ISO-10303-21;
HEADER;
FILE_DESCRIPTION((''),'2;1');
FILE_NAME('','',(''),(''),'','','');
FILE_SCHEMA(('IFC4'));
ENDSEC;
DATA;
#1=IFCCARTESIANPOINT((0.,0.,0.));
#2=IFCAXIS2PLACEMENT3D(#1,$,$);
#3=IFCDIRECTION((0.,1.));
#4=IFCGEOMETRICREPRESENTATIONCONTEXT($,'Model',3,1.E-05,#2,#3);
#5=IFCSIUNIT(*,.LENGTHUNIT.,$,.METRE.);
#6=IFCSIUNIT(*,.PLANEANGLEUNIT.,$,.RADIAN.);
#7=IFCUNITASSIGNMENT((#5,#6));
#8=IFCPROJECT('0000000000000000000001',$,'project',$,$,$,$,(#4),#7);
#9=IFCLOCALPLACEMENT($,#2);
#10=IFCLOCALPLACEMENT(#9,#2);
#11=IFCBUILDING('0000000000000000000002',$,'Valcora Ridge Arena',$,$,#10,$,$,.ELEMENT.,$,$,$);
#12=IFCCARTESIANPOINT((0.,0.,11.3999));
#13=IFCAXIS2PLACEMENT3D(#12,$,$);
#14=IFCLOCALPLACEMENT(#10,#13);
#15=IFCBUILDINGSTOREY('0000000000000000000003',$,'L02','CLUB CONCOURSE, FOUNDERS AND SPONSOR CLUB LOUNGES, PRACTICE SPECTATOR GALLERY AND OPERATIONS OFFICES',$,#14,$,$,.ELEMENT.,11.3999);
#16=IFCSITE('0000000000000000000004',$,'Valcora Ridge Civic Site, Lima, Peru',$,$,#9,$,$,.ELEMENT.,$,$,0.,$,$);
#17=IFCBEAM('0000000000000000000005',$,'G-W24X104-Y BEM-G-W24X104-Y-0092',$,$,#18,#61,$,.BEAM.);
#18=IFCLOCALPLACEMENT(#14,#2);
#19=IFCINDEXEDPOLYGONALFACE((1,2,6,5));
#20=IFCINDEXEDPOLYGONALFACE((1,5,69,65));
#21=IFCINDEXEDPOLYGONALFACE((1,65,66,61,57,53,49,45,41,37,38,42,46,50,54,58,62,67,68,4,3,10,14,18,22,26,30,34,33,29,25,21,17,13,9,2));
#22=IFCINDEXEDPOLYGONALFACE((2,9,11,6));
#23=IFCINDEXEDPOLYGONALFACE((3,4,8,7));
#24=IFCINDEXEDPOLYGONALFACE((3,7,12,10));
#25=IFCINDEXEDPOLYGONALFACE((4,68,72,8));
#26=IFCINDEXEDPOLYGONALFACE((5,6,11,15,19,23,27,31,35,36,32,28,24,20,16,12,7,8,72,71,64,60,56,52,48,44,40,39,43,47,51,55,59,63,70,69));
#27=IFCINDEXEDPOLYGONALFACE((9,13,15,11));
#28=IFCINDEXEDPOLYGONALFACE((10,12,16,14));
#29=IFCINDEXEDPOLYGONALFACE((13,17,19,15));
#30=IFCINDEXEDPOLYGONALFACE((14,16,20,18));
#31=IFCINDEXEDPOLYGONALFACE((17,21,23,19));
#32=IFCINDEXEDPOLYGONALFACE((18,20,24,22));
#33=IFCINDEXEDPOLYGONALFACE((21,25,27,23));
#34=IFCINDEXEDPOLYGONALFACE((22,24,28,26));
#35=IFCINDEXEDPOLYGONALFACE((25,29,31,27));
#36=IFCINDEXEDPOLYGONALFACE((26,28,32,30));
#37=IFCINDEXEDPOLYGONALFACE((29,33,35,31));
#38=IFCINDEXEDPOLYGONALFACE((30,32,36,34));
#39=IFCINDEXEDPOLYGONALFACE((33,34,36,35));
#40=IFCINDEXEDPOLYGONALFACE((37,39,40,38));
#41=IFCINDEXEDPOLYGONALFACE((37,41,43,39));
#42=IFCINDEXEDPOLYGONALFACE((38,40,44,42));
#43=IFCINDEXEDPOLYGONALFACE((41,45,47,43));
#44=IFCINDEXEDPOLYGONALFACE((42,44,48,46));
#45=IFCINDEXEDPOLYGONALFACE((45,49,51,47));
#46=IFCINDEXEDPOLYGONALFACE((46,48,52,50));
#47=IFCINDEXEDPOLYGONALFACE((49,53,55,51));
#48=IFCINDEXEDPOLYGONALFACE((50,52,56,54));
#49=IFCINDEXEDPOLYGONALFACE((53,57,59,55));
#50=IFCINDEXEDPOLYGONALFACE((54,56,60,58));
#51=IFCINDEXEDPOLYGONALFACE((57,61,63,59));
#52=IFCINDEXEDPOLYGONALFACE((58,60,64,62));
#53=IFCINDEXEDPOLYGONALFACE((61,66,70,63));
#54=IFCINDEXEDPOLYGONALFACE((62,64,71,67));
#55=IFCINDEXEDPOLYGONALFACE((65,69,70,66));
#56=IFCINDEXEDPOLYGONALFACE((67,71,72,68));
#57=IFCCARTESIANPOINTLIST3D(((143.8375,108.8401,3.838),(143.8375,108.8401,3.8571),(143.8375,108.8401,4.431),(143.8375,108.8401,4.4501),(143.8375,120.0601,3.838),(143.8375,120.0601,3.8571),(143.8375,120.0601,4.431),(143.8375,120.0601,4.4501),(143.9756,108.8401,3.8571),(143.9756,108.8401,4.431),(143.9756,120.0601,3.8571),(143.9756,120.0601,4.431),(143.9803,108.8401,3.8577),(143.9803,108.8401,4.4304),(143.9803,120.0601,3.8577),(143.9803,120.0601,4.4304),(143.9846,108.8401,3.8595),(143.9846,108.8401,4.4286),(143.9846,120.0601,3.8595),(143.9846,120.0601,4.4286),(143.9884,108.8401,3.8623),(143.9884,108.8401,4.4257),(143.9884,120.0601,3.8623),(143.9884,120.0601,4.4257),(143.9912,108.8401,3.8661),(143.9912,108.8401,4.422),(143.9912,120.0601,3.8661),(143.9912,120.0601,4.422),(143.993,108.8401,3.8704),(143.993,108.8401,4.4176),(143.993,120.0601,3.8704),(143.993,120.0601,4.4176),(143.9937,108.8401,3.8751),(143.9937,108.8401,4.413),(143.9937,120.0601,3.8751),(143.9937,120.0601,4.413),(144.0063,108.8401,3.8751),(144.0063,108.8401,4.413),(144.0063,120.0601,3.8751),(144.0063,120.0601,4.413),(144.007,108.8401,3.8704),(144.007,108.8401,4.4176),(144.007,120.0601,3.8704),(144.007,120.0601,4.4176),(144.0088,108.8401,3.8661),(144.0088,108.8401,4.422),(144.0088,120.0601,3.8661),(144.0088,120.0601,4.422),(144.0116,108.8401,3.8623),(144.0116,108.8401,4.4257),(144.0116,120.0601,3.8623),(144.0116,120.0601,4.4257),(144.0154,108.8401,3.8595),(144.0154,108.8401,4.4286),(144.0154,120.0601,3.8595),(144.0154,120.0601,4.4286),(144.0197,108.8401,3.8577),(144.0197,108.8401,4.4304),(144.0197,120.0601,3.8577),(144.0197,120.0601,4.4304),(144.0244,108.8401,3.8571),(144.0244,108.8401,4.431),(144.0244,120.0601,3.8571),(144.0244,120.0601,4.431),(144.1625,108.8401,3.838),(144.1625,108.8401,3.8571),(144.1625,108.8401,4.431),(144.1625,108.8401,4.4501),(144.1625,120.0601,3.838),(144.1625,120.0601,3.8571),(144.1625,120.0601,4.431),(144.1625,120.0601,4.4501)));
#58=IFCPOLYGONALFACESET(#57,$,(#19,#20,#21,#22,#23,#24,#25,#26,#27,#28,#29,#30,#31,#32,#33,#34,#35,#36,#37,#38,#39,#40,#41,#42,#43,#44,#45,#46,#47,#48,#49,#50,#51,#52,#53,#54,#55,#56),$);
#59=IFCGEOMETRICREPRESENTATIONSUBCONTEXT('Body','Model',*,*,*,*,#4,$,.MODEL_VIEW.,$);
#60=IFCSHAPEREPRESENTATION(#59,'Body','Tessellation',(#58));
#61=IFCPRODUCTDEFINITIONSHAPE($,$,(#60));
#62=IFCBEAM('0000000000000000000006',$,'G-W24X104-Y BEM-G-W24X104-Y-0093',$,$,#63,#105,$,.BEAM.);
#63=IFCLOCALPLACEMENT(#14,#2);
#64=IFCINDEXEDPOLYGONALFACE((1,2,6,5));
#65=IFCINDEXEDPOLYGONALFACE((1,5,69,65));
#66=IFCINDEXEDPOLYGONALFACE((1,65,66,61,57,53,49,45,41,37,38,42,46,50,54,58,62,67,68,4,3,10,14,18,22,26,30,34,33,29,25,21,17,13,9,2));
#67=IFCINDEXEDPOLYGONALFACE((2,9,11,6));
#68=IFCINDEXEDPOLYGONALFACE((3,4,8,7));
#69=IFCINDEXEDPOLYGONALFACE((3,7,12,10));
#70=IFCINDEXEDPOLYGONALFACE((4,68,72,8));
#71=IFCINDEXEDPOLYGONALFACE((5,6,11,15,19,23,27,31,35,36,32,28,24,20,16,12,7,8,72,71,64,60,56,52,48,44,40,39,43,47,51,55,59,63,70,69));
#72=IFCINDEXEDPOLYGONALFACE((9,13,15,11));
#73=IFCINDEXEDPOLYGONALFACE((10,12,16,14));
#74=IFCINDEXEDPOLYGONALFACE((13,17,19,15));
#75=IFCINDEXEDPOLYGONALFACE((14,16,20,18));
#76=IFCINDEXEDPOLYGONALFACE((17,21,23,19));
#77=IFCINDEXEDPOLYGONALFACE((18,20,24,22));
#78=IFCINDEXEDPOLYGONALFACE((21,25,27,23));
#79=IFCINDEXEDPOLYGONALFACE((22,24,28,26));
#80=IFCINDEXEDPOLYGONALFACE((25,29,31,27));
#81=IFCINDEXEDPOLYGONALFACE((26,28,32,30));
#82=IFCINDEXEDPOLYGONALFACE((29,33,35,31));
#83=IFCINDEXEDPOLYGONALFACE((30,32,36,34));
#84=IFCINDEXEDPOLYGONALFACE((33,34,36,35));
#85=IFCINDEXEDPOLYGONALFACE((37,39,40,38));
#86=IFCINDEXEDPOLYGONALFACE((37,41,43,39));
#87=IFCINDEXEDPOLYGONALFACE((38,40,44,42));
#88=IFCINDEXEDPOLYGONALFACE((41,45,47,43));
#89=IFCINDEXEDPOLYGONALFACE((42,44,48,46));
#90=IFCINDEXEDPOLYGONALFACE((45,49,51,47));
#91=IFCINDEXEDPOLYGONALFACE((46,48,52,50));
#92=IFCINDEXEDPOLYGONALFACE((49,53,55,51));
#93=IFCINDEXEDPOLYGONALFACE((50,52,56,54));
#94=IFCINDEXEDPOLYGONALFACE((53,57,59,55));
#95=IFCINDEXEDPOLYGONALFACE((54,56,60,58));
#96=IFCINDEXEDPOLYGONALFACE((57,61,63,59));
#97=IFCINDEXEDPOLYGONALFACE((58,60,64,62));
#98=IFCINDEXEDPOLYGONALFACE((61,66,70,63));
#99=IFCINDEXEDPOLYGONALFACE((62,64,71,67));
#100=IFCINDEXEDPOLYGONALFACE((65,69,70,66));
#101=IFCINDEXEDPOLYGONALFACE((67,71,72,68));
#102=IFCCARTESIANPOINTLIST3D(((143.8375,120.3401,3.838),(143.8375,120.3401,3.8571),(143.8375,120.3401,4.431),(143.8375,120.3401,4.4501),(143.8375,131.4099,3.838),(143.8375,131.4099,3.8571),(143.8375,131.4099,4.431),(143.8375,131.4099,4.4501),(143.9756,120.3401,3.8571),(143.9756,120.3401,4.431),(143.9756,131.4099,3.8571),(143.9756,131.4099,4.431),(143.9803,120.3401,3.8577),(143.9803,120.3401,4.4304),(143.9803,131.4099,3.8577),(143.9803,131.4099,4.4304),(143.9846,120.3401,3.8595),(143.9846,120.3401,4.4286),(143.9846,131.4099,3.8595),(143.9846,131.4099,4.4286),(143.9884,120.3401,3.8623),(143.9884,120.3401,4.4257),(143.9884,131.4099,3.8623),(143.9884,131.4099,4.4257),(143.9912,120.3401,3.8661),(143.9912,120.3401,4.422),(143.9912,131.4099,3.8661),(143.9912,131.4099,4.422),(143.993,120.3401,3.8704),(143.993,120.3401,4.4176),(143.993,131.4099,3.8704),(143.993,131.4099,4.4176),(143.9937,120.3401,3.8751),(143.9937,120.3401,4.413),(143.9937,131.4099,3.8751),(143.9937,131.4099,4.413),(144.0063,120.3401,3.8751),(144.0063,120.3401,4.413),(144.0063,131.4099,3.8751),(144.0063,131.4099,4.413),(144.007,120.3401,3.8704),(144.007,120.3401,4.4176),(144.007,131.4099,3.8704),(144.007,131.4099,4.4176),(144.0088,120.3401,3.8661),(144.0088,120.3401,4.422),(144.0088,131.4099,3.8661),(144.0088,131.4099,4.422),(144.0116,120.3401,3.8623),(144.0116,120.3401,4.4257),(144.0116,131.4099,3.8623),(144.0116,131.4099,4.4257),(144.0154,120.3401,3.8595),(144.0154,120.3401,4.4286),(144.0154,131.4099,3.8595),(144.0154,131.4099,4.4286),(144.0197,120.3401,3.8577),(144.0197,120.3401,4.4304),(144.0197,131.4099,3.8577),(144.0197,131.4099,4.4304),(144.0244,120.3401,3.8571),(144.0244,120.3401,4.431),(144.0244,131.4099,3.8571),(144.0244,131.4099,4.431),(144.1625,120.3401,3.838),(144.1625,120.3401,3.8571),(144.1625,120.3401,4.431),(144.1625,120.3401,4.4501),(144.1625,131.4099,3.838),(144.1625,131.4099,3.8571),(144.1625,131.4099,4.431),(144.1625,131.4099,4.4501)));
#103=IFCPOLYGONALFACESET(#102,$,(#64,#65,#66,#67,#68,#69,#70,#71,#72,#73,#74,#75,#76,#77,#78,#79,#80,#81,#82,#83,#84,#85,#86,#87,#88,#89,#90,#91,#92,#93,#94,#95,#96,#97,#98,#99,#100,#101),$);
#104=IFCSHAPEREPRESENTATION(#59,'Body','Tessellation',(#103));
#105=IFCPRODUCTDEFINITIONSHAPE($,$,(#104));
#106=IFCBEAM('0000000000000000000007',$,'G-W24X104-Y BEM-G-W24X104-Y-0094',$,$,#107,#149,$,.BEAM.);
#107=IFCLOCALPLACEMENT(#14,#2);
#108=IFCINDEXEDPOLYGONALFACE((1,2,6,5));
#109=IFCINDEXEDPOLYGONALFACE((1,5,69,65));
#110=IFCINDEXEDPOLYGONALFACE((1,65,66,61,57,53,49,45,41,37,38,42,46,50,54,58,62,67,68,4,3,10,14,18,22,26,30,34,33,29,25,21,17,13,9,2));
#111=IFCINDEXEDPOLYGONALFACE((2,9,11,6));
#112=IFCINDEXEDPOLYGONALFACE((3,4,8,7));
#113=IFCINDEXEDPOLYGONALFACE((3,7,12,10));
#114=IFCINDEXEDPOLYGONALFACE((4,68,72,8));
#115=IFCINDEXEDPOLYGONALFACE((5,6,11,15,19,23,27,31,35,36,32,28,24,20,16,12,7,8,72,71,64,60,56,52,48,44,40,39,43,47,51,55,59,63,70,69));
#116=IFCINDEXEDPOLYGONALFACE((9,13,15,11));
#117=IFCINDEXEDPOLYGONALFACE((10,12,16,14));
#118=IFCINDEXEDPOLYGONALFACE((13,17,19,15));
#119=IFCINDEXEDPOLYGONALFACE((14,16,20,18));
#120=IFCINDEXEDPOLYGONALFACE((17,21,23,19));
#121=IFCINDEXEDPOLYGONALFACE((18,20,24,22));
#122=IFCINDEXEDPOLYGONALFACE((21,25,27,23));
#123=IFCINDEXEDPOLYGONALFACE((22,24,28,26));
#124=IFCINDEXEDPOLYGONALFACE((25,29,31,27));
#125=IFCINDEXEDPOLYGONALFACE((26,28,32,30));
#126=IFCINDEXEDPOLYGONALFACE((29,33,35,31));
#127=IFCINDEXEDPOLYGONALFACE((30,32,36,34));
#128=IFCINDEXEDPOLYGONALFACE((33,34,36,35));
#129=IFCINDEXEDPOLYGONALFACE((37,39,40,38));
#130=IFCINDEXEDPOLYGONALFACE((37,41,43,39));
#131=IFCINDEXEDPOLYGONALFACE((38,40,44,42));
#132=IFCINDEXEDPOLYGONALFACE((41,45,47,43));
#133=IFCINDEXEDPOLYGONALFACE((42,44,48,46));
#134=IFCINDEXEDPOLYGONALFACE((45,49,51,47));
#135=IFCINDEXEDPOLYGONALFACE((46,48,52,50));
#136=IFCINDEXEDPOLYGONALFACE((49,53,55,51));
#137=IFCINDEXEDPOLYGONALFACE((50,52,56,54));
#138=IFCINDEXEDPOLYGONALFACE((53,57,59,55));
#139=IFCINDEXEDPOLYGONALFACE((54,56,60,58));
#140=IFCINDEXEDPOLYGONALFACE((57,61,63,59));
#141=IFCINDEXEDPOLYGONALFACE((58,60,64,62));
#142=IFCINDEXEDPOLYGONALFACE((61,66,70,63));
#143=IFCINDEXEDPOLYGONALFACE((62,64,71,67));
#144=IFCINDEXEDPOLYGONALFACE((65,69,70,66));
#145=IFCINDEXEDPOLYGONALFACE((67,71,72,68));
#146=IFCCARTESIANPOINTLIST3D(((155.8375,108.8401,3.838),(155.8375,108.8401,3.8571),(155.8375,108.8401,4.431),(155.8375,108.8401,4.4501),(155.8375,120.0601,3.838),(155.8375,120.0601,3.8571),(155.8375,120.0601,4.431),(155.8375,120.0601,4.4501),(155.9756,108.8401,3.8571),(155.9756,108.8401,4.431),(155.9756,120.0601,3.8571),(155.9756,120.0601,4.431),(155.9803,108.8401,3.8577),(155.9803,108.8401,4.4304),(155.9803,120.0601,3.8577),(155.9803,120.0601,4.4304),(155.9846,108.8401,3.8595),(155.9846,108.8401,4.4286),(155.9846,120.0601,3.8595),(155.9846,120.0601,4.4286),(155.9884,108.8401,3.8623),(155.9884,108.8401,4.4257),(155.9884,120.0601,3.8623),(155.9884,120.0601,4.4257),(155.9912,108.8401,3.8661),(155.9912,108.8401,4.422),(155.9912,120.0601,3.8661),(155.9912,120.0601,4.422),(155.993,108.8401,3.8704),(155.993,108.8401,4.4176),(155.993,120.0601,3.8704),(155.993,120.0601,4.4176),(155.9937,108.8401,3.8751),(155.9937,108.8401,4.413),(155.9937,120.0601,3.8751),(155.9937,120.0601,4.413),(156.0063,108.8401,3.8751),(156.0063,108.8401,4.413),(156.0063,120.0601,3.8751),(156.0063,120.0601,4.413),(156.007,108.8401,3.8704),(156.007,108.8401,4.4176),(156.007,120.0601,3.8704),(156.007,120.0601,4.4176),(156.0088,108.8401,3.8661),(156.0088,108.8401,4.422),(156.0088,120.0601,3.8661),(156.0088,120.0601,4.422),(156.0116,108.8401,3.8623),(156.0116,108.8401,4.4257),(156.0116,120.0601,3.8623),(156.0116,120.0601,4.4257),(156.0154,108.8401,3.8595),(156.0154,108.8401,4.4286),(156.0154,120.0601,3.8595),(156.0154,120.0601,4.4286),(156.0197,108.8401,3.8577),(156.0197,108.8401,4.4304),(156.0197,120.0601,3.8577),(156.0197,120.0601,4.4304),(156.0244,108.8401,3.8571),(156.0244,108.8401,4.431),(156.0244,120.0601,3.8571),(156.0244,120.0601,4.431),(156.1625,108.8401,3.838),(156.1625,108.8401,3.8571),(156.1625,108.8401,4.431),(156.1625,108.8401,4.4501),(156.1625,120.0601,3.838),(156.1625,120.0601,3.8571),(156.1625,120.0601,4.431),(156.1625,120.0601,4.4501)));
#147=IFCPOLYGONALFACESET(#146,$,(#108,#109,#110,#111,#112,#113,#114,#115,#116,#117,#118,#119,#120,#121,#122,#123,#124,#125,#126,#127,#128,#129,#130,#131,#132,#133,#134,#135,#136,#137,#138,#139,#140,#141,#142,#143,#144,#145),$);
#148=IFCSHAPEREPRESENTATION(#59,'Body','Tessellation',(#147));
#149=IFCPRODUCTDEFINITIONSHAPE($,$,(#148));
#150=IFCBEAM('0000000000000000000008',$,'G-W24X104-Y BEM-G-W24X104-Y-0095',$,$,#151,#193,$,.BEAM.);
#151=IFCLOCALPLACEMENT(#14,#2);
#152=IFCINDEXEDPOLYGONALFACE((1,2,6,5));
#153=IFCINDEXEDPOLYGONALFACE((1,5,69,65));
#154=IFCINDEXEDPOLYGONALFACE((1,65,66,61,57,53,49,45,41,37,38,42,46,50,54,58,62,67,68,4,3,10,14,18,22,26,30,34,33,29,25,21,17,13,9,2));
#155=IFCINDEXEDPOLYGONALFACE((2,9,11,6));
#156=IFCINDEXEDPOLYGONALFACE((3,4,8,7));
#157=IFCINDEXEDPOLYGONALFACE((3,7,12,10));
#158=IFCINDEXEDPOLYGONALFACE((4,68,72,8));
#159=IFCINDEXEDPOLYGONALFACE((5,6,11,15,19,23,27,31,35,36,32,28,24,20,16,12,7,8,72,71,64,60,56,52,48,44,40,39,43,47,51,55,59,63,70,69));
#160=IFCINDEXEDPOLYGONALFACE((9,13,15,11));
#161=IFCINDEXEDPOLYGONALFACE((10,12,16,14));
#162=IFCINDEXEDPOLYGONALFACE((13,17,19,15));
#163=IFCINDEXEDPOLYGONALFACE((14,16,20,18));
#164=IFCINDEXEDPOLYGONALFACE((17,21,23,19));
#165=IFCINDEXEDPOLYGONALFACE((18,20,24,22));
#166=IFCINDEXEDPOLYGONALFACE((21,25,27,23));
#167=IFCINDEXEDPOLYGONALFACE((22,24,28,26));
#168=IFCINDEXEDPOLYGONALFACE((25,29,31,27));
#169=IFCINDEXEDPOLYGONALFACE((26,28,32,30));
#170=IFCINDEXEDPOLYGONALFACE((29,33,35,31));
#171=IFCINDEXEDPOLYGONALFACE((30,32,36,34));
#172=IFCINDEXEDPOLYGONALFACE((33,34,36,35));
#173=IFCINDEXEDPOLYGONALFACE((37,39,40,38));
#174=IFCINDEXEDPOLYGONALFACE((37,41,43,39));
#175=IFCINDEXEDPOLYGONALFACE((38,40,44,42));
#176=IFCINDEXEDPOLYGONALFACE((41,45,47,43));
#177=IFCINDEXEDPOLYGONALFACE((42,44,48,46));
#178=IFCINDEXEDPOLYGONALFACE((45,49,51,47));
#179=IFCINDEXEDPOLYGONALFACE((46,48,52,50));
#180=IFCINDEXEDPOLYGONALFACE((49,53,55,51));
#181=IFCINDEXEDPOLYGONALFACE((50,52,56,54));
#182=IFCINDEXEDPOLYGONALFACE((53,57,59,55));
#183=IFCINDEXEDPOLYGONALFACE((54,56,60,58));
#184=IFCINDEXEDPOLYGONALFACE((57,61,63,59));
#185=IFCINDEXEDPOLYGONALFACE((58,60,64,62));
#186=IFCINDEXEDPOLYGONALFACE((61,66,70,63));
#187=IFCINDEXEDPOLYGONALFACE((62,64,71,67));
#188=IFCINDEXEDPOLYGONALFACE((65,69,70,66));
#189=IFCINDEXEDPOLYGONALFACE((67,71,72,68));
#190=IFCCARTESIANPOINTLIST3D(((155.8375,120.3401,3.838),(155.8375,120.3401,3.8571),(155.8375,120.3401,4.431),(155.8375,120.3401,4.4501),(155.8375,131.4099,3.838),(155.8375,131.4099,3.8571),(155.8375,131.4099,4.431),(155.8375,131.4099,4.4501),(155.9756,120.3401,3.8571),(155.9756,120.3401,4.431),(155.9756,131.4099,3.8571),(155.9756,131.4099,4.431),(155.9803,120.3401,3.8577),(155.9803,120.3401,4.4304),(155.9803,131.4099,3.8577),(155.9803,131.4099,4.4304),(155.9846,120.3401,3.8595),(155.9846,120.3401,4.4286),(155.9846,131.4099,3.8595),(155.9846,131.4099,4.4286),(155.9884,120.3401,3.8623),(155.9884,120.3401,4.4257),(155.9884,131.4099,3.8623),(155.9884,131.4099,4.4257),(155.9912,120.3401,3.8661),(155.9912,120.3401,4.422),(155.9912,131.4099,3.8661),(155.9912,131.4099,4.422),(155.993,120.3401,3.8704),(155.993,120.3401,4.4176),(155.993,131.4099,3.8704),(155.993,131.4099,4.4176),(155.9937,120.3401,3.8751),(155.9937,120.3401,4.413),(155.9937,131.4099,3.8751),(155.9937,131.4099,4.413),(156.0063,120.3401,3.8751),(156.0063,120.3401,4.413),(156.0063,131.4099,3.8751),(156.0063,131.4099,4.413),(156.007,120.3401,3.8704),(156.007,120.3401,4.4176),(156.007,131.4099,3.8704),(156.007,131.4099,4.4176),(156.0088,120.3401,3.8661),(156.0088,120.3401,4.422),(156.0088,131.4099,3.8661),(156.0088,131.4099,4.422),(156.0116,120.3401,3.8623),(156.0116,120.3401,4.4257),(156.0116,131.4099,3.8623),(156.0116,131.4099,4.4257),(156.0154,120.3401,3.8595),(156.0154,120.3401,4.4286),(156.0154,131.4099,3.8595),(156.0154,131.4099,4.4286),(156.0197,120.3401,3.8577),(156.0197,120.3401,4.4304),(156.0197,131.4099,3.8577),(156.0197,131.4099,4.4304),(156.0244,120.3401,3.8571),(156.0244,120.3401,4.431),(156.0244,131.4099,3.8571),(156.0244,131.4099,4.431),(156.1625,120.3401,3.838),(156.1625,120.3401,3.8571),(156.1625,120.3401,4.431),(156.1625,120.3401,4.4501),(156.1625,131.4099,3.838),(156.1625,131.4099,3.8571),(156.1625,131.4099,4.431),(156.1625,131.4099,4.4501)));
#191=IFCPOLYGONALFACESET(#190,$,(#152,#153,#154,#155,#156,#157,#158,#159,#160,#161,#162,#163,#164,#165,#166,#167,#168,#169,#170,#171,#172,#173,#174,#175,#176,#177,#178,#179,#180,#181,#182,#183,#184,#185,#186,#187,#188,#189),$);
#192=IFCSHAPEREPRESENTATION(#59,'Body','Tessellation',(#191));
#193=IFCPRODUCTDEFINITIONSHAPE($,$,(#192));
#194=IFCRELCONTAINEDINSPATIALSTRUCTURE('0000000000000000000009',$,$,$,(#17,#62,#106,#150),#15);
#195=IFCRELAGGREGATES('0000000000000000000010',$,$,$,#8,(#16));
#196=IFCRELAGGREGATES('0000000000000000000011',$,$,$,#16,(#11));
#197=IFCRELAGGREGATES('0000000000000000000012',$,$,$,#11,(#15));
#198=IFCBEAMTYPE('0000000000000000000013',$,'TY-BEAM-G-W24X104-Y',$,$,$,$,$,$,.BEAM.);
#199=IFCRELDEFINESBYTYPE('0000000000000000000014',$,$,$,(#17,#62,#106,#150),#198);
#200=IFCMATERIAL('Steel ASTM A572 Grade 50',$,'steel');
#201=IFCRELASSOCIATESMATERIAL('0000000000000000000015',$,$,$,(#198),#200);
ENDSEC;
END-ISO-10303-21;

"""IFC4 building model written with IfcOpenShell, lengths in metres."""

from ifc_helpers import new_model, si_unit, direction, frame, origin, origin_2d, place, context, subcontext, project, spatial, i_section, extrude, material, material_profile, profile_set, type_object, element, save


model = new_model("IFC4")

# Units and contexts
model_context = context("Model", 3, precision=1e-05, world=origin(), true_north=direction((0.0, 1.0)))
body_context = subcontext(model_context, "Body", "Model", "MODEL_VIEW")
ifc_project = project(units=[si_unit("LENGTHUNIT", "METRE"), si_unit("PLANEANGLEUNIT", "RADIAN")], contexts=[model_context])

# Site, building, storey
site_placement = place(None, origin())
site = spatial("IfcSite", under=ifc_project, at=site_placement, Name="Valcora Ridge Civic Site, Lima, Peru", CompositionType="ELEMENT", RefElevation=0.0)
building_placement = place(site_placement, origin())
building = spatial("IfcBuilding", under=site, at=building_placement, Name="Valcora Ridge Arena", CompositionType="ELEMENT")
storey_placement = place(building_placement, frame((0.0, 0.0, 11.3999)))
storey = spatial("IfcBuildingStorey", under=building, at=storey_placement, Name="L02", Description="CLUB CONCOURSE, FOUNDERS AND SPONSOR CLUB LOUNGES, PRACTICE SPECTATOR GALLERY AND OPERATIONS OFFICES", CompositionType="ELEMENT", Elevation=11.3999)

# Beams
ifc_material_1 = material(Name="Steel ASTM A572 Grade 50", Category="steel")
ifc_material_profile_1 = material_profile(ifc_material_1, i_section(OverallWidth=0.325, OverallDepth=0.6121, WebThickness=0.0127, FlangeThickness=0.019, FilletRadius=0.0181, at=origin_2d()), Name="W24X104")
ifc_profile_set_1 = profile_set([ifc_material_profile_1], Name="Steel ASTM A572 Grade 50")
beam_type_1 = type_object("IfcBeamType", Name="TY-BEAM-G-W24X104-Y", PredefinedType="BEAM", material=ifc_profile_set_1)
beam_1_placement = place(storey_placement, frame((144.0, 108.8401, 4.144), z_axis=(0.0, 1.0, 0.0), x_axis=(-1.0, 0.0, 0.0)))
element("IfcBeam", 1, at=beam_1_placement, inside=storey, type_object=beam_type_1, Name="G-W24X104-Y BEM-G-W24X104-Y-0092", PredefinedType="BEAM", context=body_context, shape_type="SweptSolid", body=[
    extrude(i_section(OverallWidth=0.325, OverallDepth=0.6121, WebThickness=0.0127, FlangeThickness=0.019, FilletRadius=0.0181, at=origin_2d()), origin(), (0.0, 0.0, 1.0), 11.22),
])
beam_2_placement = place(storey_placement, frame((144.0, 120.3401, 4.144), z_axis=(0.0, 1.0, 0.0), x_axis=(-1.0, 0.0, 0.0)))
element("IfcBeam", 2, at=beam_2_placement, inside=storey, type_object=beam_type_1, Name="G-W24X104-Y BEM-G-W24X104-Y-0093", PredefinedType="BEAM", context=body_context, shape_type="SweptSolid", body=[
    extrude(i_section(OverallWidth=0.325, OverallDepth=0.6121, WebThickness=0.0127, FlangeThickness=0.019, FilletRadius=0.0181, at=origin_2d()), origin(), (0.0, 0.0, 1.0), 11.0698),
])
beam_3_placement = place(storey_placement, frame((156.0, 108.8401, 4.144), z_axis=(0.0, 1.0, 0.0), x_axis=(-1.0, 0.0, 0.0)))
element("IfcBeam", 3, at=beam_3_placement, inside=storey, type_object=beam_type_1, Name="G-W24X104-Y BEM-G-W24X104-Y-0094", PredefinedType="BEAM", context=body_context, shape_type="SweptSolid", body=[
    extrude(i_section(OverallWidth=0.325, OverallDepth=0.6121, WebThickness=0.0127, FlangeThickness=0.019, FilletRadius=0.0181, at=origin_2d()), origin(), (0.0, 0.0, 1.0), 11.22),
])
beam_4_placement = place(storey_placement, frame((156.0, 120.3401, 4.144), z_axis=(0.0, 1.0, 0.0), x_axis=(-1.0, 0.0, 0.0)))
element("IfcBeam", 4, at=beam_4_placement, inside=storey, type_object=beam_type_1, Name="G-W24X104-Y BEM-G-W24X104-Y-0095", PredefinedType="BEAM", context=body_context, shape_type="SweptSolid", body=[
    extrude(i_section(OverallWidth=0.325, OverallDepth=0.6121, WebThickness=0.0127, FlangeThickness=0.019, FilletRadius=0.0181, at=origin_2d()), origin(), (0.0, 0.0, 1.0), 11.0698),
])

save(model, "model.ifc")
